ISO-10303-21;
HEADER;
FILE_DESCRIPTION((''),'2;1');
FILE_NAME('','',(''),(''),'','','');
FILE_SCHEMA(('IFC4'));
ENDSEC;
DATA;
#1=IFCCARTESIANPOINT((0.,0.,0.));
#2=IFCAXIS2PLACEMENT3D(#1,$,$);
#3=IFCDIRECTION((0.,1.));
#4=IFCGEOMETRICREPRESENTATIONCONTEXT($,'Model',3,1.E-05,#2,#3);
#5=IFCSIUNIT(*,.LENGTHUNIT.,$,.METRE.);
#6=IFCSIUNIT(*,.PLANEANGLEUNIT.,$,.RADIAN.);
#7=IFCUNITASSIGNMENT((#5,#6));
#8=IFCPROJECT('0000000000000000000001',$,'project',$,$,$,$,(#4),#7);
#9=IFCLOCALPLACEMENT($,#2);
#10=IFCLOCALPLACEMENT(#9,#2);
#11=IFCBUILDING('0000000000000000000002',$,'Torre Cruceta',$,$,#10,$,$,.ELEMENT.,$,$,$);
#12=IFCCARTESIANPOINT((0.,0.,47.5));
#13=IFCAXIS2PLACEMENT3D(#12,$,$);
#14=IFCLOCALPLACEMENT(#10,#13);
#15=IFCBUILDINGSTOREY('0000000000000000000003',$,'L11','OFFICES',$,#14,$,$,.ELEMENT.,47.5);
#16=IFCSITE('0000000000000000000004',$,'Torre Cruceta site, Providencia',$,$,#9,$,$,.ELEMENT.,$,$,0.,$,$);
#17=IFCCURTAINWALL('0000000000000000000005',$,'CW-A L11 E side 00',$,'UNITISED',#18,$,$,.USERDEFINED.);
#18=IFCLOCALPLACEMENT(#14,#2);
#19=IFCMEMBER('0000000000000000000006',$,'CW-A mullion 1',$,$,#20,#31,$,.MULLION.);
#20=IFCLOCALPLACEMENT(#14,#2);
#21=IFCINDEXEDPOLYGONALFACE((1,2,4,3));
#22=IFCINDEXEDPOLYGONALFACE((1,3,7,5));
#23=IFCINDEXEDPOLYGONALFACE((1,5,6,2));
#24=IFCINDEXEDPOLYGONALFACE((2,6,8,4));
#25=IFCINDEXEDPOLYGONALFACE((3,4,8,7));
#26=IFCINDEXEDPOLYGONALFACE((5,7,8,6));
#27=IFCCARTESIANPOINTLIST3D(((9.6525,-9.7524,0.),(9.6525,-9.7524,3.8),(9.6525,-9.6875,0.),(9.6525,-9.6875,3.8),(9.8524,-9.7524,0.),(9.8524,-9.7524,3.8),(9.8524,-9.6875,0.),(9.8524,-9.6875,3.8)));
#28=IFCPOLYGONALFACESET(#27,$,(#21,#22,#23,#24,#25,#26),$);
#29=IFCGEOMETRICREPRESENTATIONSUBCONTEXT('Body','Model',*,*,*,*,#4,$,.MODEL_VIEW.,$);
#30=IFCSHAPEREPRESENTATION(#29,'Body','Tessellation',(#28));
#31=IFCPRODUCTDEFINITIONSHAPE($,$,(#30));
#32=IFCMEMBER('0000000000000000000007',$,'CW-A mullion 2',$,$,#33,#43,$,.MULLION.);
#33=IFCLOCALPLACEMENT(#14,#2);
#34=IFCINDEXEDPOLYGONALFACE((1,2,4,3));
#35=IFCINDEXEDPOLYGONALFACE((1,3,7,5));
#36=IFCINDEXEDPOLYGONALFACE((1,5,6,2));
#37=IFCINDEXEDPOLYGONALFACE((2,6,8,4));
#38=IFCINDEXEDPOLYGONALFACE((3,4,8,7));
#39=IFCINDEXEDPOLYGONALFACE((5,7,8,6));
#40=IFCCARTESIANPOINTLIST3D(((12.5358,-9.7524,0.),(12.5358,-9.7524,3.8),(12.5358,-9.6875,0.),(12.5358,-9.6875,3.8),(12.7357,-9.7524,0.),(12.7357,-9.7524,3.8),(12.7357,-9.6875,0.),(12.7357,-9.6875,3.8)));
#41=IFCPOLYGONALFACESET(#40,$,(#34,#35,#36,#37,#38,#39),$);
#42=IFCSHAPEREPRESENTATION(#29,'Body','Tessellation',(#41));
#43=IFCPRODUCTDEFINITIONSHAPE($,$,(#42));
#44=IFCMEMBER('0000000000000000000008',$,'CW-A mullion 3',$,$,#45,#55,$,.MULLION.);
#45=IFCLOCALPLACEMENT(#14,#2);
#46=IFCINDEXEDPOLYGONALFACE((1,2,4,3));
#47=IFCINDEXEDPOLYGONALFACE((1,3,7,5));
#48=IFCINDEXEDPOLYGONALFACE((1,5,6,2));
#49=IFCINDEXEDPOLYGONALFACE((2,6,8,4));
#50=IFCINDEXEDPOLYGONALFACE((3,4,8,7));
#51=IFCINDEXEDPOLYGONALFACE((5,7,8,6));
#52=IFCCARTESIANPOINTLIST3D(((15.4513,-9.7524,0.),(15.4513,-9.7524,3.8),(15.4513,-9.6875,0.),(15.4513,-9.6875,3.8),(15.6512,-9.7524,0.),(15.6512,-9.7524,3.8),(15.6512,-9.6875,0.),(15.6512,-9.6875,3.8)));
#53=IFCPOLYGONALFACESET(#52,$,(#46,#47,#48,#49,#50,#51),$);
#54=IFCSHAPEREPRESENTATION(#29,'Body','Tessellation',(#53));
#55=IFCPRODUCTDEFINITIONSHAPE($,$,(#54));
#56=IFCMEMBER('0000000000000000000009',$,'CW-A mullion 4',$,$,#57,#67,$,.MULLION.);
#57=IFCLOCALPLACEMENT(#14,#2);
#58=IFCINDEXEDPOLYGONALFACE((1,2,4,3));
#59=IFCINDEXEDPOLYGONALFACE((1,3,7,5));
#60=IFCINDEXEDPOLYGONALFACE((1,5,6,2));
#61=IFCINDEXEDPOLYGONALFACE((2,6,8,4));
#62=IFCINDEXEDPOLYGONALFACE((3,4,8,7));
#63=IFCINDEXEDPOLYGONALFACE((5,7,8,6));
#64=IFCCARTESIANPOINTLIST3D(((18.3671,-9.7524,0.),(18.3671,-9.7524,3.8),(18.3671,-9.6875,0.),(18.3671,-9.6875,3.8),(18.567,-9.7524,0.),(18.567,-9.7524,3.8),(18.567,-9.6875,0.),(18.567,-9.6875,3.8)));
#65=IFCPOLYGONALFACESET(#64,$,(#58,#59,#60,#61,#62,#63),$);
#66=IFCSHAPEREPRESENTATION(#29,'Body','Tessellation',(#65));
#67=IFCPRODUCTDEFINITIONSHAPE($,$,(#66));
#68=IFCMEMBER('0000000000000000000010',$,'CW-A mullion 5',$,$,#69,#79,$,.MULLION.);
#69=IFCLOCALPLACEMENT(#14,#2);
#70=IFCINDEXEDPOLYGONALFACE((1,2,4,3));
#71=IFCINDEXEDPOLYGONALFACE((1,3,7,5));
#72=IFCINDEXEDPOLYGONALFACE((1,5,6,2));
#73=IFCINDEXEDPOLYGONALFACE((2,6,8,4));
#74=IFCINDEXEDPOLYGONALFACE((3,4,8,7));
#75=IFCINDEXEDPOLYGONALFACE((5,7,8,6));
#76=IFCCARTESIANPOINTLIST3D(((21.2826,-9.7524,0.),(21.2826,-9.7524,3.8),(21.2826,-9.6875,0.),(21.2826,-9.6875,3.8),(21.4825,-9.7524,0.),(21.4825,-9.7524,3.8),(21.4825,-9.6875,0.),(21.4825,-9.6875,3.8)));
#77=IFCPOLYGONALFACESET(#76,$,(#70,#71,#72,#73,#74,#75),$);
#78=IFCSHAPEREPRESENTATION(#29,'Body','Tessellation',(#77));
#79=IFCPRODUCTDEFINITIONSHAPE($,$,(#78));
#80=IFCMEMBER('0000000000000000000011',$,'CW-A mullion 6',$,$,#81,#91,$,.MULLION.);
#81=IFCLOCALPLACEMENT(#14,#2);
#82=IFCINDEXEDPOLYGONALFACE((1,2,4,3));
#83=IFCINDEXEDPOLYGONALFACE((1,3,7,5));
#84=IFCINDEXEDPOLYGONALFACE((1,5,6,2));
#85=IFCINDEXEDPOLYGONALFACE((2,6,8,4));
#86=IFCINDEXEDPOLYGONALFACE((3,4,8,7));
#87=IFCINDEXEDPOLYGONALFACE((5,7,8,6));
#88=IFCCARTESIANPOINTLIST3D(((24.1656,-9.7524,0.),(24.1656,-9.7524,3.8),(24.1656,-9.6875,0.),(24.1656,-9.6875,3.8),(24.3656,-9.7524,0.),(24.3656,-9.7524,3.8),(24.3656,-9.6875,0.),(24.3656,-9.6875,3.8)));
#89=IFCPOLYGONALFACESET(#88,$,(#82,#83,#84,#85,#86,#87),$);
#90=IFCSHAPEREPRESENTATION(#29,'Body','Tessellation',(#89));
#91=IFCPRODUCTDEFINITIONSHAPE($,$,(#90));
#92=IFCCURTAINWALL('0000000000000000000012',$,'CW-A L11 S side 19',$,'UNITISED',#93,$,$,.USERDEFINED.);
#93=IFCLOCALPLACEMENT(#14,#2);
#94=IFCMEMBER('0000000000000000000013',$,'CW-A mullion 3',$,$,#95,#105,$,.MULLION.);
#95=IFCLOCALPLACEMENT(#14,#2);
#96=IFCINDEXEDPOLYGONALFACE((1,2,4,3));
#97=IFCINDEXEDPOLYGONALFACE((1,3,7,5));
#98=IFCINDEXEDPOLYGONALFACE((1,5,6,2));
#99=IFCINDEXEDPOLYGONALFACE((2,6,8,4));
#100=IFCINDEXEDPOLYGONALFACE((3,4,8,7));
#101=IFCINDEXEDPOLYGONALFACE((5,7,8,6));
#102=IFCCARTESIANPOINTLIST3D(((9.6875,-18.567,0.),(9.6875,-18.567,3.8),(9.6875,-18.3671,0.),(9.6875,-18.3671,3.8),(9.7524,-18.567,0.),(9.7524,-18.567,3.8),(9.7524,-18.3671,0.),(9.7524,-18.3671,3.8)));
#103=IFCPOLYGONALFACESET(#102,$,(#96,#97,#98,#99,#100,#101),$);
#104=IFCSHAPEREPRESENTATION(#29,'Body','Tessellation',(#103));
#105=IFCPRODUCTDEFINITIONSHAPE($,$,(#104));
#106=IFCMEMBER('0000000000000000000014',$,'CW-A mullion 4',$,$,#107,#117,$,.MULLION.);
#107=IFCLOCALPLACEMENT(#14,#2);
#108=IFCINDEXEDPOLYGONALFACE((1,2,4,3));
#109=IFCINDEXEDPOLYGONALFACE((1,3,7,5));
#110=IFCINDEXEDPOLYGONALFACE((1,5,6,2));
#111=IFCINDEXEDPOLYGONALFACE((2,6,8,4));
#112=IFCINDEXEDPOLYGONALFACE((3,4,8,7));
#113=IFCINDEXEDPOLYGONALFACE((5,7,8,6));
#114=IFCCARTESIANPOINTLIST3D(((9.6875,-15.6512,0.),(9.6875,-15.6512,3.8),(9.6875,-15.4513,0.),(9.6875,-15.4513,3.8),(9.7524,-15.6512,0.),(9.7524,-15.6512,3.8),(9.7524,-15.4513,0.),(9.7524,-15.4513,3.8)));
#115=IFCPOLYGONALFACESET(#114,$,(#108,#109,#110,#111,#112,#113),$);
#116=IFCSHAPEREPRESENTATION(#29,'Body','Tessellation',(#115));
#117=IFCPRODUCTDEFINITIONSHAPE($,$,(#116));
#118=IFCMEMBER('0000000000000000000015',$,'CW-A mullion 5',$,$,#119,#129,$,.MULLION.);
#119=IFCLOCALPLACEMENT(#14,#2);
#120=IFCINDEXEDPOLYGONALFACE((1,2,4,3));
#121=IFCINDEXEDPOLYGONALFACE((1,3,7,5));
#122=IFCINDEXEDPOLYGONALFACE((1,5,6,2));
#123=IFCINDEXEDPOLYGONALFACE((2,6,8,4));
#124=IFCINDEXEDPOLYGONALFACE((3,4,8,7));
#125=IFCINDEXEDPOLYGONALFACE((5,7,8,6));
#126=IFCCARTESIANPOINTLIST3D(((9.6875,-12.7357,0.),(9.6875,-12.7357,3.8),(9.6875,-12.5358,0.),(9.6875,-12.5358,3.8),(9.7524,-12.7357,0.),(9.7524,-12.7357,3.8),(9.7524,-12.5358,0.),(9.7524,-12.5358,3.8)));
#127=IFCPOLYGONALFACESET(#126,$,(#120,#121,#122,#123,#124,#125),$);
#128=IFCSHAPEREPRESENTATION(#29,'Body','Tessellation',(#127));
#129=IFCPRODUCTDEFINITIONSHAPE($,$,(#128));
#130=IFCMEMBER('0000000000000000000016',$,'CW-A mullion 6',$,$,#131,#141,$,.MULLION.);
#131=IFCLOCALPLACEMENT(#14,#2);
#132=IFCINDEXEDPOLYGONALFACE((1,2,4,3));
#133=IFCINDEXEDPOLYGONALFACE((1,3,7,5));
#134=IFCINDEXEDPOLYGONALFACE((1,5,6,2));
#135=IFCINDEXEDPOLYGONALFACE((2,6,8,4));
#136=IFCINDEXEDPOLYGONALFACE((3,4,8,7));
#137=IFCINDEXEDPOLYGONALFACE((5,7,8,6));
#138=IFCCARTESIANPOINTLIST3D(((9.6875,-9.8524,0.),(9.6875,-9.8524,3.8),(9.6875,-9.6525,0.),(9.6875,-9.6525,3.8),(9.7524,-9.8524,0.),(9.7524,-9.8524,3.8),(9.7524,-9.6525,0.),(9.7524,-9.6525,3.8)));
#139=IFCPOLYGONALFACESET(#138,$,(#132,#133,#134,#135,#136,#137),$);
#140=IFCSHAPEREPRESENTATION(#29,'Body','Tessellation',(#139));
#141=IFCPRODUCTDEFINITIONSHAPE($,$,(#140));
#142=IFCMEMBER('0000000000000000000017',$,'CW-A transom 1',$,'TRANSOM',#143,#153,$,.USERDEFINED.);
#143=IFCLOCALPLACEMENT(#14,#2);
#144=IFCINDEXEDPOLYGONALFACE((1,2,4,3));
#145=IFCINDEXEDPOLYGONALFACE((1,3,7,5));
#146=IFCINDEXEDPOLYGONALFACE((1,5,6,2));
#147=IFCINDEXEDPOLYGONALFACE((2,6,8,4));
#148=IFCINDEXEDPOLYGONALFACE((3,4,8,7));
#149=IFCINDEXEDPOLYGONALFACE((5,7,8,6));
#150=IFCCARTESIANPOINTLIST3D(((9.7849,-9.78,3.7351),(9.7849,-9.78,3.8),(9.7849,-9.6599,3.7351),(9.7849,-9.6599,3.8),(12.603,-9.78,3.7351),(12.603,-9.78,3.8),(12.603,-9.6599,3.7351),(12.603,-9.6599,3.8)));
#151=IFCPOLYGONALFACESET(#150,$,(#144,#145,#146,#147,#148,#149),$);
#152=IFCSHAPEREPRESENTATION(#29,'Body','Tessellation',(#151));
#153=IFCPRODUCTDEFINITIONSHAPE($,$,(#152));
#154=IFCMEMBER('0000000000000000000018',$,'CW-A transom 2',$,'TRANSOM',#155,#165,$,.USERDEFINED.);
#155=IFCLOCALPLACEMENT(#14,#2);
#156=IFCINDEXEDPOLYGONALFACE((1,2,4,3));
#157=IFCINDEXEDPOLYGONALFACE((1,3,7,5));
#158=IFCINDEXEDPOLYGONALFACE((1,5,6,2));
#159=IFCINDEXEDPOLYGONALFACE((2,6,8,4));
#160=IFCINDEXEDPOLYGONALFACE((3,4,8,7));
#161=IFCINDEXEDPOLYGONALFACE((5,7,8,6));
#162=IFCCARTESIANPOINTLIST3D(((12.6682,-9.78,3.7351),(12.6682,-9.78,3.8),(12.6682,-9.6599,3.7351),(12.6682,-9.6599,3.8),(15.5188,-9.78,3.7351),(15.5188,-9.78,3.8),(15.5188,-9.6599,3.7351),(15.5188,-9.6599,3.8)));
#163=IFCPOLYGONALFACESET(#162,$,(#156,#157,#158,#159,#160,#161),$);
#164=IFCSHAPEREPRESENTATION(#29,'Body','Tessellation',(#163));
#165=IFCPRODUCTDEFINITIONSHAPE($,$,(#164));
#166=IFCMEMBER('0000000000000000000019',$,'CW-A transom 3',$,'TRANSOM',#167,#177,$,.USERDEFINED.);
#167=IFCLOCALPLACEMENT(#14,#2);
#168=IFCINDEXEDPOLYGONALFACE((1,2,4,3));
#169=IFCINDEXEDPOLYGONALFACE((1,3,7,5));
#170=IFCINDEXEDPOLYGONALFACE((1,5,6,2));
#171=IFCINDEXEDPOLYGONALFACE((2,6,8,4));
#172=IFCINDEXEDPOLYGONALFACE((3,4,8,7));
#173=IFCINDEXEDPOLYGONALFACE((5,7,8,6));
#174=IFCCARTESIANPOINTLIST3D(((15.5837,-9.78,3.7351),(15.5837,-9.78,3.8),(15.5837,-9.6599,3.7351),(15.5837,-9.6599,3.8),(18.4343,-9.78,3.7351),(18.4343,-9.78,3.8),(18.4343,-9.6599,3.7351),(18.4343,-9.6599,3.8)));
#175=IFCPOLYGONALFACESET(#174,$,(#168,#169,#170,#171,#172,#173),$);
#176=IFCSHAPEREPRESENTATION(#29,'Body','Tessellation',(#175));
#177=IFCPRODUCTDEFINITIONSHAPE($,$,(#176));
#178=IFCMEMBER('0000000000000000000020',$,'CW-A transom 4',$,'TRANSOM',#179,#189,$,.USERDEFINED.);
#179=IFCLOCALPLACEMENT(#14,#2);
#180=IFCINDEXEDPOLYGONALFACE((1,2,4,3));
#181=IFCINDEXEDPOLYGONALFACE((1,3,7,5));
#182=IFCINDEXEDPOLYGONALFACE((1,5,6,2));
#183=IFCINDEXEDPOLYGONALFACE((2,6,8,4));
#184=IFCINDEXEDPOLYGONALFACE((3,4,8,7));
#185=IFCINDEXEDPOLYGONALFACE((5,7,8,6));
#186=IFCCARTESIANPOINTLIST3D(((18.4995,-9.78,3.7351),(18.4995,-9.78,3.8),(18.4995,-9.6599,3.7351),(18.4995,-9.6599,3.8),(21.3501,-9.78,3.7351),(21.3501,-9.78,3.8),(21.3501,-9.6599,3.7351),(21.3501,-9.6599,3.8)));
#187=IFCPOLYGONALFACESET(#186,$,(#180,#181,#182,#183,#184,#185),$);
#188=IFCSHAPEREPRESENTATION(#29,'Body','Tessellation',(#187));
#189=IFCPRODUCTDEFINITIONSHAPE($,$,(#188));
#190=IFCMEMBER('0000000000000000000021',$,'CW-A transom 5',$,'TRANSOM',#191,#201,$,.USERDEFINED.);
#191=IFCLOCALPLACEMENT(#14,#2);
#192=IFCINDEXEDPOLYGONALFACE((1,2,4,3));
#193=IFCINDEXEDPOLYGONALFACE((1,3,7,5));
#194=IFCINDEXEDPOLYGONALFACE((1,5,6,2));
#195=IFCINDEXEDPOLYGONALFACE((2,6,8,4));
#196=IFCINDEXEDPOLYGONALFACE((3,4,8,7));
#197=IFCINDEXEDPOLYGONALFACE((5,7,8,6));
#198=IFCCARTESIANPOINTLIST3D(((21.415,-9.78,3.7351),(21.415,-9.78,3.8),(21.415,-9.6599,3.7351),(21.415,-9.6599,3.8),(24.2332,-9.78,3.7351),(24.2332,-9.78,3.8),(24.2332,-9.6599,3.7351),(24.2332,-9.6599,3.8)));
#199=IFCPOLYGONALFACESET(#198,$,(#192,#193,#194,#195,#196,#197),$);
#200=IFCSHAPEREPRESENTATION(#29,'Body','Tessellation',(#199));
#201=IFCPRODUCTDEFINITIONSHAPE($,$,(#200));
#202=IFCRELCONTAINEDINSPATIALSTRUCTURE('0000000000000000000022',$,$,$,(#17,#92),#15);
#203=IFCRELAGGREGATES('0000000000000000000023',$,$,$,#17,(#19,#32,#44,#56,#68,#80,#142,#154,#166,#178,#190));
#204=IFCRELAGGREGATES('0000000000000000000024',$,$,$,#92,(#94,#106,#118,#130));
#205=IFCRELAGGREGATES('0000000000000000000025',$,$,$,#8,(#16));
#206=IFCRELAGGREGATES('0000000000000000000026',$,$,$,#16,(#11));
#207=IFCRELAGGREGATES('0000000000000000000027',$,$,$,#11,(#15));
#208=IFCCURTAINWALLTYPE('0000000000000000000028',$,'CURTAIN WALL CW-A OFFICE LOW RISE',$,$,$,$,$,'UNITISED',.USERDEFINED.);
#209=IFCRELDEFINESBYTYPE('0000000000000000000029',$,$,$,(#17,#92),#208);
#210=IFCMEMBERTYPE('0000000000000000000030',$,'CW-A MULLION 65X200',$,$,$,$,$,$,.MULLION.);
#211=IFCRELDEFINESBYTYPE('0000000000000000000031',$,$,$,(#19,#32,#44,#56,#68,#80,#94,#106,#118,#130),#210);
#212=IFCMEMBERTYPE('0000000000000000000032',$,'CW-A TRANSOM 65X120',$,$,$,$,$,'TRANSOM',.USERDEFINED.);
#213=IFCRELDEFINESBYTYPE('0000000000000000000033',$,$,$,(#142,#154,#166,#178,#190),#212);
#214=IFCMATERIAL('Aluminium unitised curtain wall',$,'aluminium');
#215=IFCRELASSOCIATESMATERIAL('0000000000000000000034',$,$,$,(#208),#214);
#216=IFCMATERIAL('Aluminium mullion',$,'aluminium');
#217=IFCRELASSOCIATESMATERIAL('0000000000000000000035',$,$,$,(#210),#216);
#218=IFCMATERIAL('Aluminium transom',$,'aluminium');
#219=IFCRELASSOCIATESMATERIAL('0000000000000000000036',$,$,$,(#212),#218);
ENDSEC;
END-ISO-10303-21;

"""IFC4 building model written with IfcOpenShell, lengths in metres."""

from ifc_helpers import new_model, si_unit, direction, frame, origin, origin_2d, place, context, subcontext, project, spatial, rectangle, extrude, material, material_profile, profile_set, type_object, element, aggregate, save


model = new_model("IFC4")

# Units and contexts
model_context = context("Model", 3, precision=1e-05, world=origin(), true_north=direction((0.0, 1.0)))
body_context = subcontext(model_context, "Body", "Model", "MODEL_VIEW")
ifc_project = project(units=[si_unit("LENGTHUNIT", "METRE"), si_unit("PLANEANGLEUNIT", "RADIAN")], contexts=[model_context])

# Site, building, storey
site_placement = place(None, origin())
site = spatial("IfcSite", under=ifc_project, at=site_placement, Name="Torre Cruceta site, Providencia", CompositionType="ELEMENT", RefElevation=0.0)
building_placement = place(site_placement, origin())
building = spatial("IfcBuilding", under=site, at=building_placement, Name="Torre Cruceta", CompositionType="ELEMENT")
storey_placement = place(building_placement, frame((0.0, 0.0, 47.5)))
storey = spatial("IfcBuildingStorey", under=building, at=storey_placement, Name="L11", Description="OFFICES", CompositionType="ELEMENT", Elevation=47.5)

# Curtain walls, members
ifc_material_1 = material(Name="Aluminium unitised curtain wall", Category="aluminium")
curtain_wall_type = type_object("IfcCurtainWallType", Name="CURTAIN WALL CW-A OFFICE LOW RISE", ElementType="UNITISED", PredefinedType="USERDEFINED", material=ifc_material_1)
curtain_wall_1_placement = place(storey_placement, origin())
curtain_wall_1 = element("IfcCurtainWall", 1, at=curtain_wall_1_placement, inside=storey, type_object=curtain_wall_type, Name="CW-A L11 E side 00", ObjectType="UNITISED", PredefinedType="USERDEFINED")
ifc_material_2 = material(Name="Aluminium mullion", Category="aluminium")
ifc_material_profile_1 = material_profile(ifc_material_2, rectangle(XDim=0.0649, YDim=0.2, at=origin_2d()), Name="AL 65X200")
ifc_profile_set_1 = profile_set([ifc_material_profile_1], Name="Aluminium mullion")
member_type_1 = type_object("IfcMemberType", Name="CW-A MULLION 65X200", PredefinedType="MULLION", material=ifc_profile_set_1)
member_1_placement = place(storey_placement, frame((9.7524, -9.72, 0.0), z_axis=(0.0, 0.0, 1.0), x_axis=(0.0, 1.0, 0.0)))
member_1 = element("IfcMember", 2, at=member_1_placement, type_object=member_type_1, Name="CW-A mullion 1", PredefinedType="MULLION", context=body_context, shape_type="SweptSolid", body=[
    extrude(rectangle(XDim=0.0649, YDim=0.2, at=origin_2d()), origin(), (0.0, 0.0, 1.0), 3.8),
])
member_2_placement = place(storey_placement, frame((12.6357, -9.72, 0.0), z_axis=(0.0, 0.0, 1.0), x_axis=(0.0, 1.0, 0.0)))
member_2 = element("IfcMember", 3, at=member_2_placement, type_object=member_type_1, Name="CW-A mullion 2", PredefinedType="MULLION", context=body_context, shape_type="SweptSolid", body=[
    extrude(rectangle(XDim=0.0649, YDim=0.2, at=origin_2d()), origin(), (0.0, 0.0, 1.0), 3.8),
])
member_3_placement = place(storey_placement, frame((15.5513, -9.72, 0.0), z_axis=(0.0, 0.0, 1.0), x_axis=(0.0, 1.0, 0.0)))
member_3 = element("IfcMember", 4, at=member_3_placement, type_object=member_type_1, Name="CW-A mullion 3", PredefinedType="MULLION", context=body_context, shape_type="SweptSolid", body=[
    extrude(rectangle(XDim=0.0649, YDim=0.2, at=origin_2d()), origin(), (0.0, 0.0, 1.0), 3.8),
])
member_4_placement = place(storey_placement, frame((18.467, -9.72, 0.0), z_axis=(0.0, 0.0, 1.0), x_axis=(0.0, 1.0, 0.0)))
member_4 = element("IfcMember", 5, at=member_4_placement, type_object=member_type_1, Name="CW-A mullion 4", PredefinedType="MULLION", context=body_context, shape_type="SweptSolid", body=[
    extrude(rectangle(XDim=0.0649, YDim=0.2, at=origin_2d()), origin(), (0.0, 0.0, 1.0), 3.8),
])
member_5_placement = place(storey_placement, frame((21.3826, -9.72, 0.0), z_axis=(0.0, 0.0, 1.0), x_axis=(0.0, 1.0, 0.0)))
member_5 = element("IfcMember", 6, at=member_5_placement, type_object=member_type_1, Name="CW-A mullion 5", PredefinedType="MULLION", context=body_context, shape_type="SweptSolid", body=[
    extrude(rectangle(XDim=0.0649, YDim=0.2, at=origin_2d()), origin(), (0.0, 0.0, 1.0), 3.8),
])
member_6_placement = place(storey_placement, frame((24.2656, -9.72, 0.0), z_axis=(0.0, 0.0, 1.0), x_axis=(0.0, 1.0, 0.0)))
member_6 = element("IfcMember", 7, at=member_6_placement, type_object=member_type_1, Name="CW-A mullion 6", PredefinedType="MULLION", context=body_context, shape_type="SweptSolid", body=[
    extrude(rectangle(XDim=0.0649, YDim=0.2, at=origin_2d()), origin(), (0.0, 0.0, 1.0), 3.8),
])
curtain_wall_2_placement = place(storey_placement, origin())
curtain_wall_2 = element("IfcCurtainWall", 8, at=curtain_wall_2_placement, inside=storey, type_object=curtain_wall_type, Name="CW-A L11 S side 19", ObjectType="UNITISED", PredefinedType="USERDEFINED")
member_7_placement = place(storey_placement, frame((9.72, -18.467, 0.0), z_axis=(0.0, 0.0, 1.0), x_axis=(-1.0, 0.0, 0.0)))
member_7 = element("IfcMember", 9, at=member_7_placement, type_object=member_type_1, Name="CW-A mullion 3", PredefinedType="MULLION", context=body_context, shape_type="SweptSolid", body=[
    extrude(rectangle(XDim=0.0649, YDim=0.2, at=origin_2d()), origin(), (0.0, 0.0, 1.0), 3.8),
])
member_8_placement = place(storey_placement, frame((9.72, -15.5513, 0.0), z_axis=(0.0, 0.0, 1.0), x_axis=(-1.0, 0.0, 0.0)))
member_8 = element("IfcMember", 10, at=member_8_placement, type_object=member_type_1, Name="CW-A mullion 4", PredefinedType="MULLION", context=body_context, shape_type="SweptSolid", body=[
    extrude(rectangle(XDim=0.0649, YDim=0.2, at=origin_2d()), origin(), (0.0, 0.0, 1.0), 3.8),
])
member_9_placement = place(storey_placement, frame((9.72, -12.6357, 0.0), z_axis=(0.0, 0.0, 1.0), x_axis=(-1.0, 0.0, 0.0)))
member_9 = element("IfcMember", 11, at=member_9_placement, type_object=member_type_1, Name="CW-A mullion 5", PredefinedType="MULLION", context=body_context, shape_type="SweptSolid", body=[
    extrude(rectangle(XDim=0.0649, YDim=0.2, at=origin_2d()), origin(), (0.0, 0.0, 1.0), 3.8),
])
member_10_placement = place(storey_placement, frame((9.72, -9.7524, 0.0), z_axis=(0.0, 0.0, 1.0), x_axis=(-1.0, 0.0, 0.0)))
member_10 = element("IfcMember", 12, at=member_10_placement, type_object=member_type_1, Name="CW-A mullion 6", PredefinedType="MULLION", context=body_context, shape_type="SweptSolid", body=[
    extrude(rectangle(XDim=0.0649, YDim=0.2, at=origin_2d()), origin(), (0.0, 0.0, 1.0), 3.8),
])

# Members
ifc_material_3 = material(Name="Aluminium transom", Category="aluminium")
ifc_material_profile_2 = material_profile(ifc_material_3, rectangle(XDim=0.1201, YDim=0.0649, at=origin_2d()), Name="AL 120X65")
ifc_profile_set_2 = profile_set([ifc_material_profile_2], Name="Aluminium transom")
member_type_2 = type_object("IfcMemberType", Name="CW-A TRANSOM 65X120", ElementType="TRANSOM", PredefinedType="USERDEFINED", material=ifc_profile_set_2)
member_11_placement = place(storey_placement, frame((9.7849, -9.72, 3.7676), z_axis=(1.0, 0.0, 0.0), x_axis=(0.0, 1.0, 0.0)))
member_11 = element("IfcMember", 13, at=member_11_placement, type_object=member_type_2, Name="CW-A transom 1", ObjectType="TRANSOM", PredefinedType="USERDEFINED", context=body_context, shape_type="SweptSolid", body=[
    extrude(rectangle(XDim=0.1201, YDim=0.0649, at=origin_2d()), origin(), (0.0, 0.0, 1.0), 2.8181),
])
member_12_placement = place(storey_placement, frame((12.6682, -9.72, 3.7676), z_axis=(1.0, 0.0, 0.0), x_axis=(0.0, 1.0, 0.0)))
member_12 = element("IfcMember", 14, at=member_12_placement, type_object=member_type_2, Name="CW-A transom 2", ObjectType="TRANSOM", PredefinedType="USERDEFINED", context=body_context, shape_type="SweptSolid", body=[
    extrude(rectangle(XDim=0.1201, YDim=0.0649, at=origin_2d()), origin(), (0.0, 0.0, 1.0), 2.8506),
])
member_13_placement = place(storey_placement, frame((15.5837, -9.72, 3.7676), z_axis=(1.0, 0.0, 0.0), x_axis=(0.0, 1.0, 0.0)))
member_13 = element("IfcMember", 15, at=member_13_placement, type_object=member_type_2, Name="CW-A transom 3", ObjectType="TRANSOM", PredefinedType="USERDEFINED", context=body_context, shape_type="SweptSolid", body=[
    extrude(rectangle(XDim=0.1201, YDim=0.0649, at=origin_2d()), origin(), (0.0, 0.0, 1.0), 2.8506),
])
member_14_placement = place(storey_placement, frame((18.4995, -9.72, 3.7676), z_axis=(1.0, 0.0, 0.0), x_axis=(0.0, 1.0, 0.0)))
member_14 = element("IfcMember", 16, at=member_14_placement, type_object=member_type_2, Name="CW-A transom 4", ObjectType="TRANSOM", PredefinedType="USERDEFINED", context=body_context, shape_type="SweptSolid", body=[
    extrude(rectangle(XDim=0.1201, YDim=0.0649, at=origin_2d()), origin(), (0.0, 0.0, 1.0), 2.8506),
])
member_15_placement = place(storey_placement, frame((21.415, -9.72, 3.7676), z_axis=(1.0, 0.0, 0.0), x_axis=(0.0, 1.0, 0.0)))
member_15 = element("IfcMember", 17, at=member_15_placement, type_object=member_type_2, Name="CW-A transom 5", ObjectType="TRANSOM", PredefinedType="USERDEFINED", context=body_context, shape_type="SweptSolid", body=[
    extrude(rectangle(XDim=0.1201, YDim=0.0649, at=origin_2d()), origin(), (0.0, 0.0, 1.0), 2.8181),
])

aggregate(curtain_wall_1, [member_1, member_2, member_3, member_4, member_5, member_6, member_11, member_12, member_13, member_14, member_15])
aggregate(curtain_wall_2, [member_7, member_8, member_9, member_10])

save(model, "model.ifc")
